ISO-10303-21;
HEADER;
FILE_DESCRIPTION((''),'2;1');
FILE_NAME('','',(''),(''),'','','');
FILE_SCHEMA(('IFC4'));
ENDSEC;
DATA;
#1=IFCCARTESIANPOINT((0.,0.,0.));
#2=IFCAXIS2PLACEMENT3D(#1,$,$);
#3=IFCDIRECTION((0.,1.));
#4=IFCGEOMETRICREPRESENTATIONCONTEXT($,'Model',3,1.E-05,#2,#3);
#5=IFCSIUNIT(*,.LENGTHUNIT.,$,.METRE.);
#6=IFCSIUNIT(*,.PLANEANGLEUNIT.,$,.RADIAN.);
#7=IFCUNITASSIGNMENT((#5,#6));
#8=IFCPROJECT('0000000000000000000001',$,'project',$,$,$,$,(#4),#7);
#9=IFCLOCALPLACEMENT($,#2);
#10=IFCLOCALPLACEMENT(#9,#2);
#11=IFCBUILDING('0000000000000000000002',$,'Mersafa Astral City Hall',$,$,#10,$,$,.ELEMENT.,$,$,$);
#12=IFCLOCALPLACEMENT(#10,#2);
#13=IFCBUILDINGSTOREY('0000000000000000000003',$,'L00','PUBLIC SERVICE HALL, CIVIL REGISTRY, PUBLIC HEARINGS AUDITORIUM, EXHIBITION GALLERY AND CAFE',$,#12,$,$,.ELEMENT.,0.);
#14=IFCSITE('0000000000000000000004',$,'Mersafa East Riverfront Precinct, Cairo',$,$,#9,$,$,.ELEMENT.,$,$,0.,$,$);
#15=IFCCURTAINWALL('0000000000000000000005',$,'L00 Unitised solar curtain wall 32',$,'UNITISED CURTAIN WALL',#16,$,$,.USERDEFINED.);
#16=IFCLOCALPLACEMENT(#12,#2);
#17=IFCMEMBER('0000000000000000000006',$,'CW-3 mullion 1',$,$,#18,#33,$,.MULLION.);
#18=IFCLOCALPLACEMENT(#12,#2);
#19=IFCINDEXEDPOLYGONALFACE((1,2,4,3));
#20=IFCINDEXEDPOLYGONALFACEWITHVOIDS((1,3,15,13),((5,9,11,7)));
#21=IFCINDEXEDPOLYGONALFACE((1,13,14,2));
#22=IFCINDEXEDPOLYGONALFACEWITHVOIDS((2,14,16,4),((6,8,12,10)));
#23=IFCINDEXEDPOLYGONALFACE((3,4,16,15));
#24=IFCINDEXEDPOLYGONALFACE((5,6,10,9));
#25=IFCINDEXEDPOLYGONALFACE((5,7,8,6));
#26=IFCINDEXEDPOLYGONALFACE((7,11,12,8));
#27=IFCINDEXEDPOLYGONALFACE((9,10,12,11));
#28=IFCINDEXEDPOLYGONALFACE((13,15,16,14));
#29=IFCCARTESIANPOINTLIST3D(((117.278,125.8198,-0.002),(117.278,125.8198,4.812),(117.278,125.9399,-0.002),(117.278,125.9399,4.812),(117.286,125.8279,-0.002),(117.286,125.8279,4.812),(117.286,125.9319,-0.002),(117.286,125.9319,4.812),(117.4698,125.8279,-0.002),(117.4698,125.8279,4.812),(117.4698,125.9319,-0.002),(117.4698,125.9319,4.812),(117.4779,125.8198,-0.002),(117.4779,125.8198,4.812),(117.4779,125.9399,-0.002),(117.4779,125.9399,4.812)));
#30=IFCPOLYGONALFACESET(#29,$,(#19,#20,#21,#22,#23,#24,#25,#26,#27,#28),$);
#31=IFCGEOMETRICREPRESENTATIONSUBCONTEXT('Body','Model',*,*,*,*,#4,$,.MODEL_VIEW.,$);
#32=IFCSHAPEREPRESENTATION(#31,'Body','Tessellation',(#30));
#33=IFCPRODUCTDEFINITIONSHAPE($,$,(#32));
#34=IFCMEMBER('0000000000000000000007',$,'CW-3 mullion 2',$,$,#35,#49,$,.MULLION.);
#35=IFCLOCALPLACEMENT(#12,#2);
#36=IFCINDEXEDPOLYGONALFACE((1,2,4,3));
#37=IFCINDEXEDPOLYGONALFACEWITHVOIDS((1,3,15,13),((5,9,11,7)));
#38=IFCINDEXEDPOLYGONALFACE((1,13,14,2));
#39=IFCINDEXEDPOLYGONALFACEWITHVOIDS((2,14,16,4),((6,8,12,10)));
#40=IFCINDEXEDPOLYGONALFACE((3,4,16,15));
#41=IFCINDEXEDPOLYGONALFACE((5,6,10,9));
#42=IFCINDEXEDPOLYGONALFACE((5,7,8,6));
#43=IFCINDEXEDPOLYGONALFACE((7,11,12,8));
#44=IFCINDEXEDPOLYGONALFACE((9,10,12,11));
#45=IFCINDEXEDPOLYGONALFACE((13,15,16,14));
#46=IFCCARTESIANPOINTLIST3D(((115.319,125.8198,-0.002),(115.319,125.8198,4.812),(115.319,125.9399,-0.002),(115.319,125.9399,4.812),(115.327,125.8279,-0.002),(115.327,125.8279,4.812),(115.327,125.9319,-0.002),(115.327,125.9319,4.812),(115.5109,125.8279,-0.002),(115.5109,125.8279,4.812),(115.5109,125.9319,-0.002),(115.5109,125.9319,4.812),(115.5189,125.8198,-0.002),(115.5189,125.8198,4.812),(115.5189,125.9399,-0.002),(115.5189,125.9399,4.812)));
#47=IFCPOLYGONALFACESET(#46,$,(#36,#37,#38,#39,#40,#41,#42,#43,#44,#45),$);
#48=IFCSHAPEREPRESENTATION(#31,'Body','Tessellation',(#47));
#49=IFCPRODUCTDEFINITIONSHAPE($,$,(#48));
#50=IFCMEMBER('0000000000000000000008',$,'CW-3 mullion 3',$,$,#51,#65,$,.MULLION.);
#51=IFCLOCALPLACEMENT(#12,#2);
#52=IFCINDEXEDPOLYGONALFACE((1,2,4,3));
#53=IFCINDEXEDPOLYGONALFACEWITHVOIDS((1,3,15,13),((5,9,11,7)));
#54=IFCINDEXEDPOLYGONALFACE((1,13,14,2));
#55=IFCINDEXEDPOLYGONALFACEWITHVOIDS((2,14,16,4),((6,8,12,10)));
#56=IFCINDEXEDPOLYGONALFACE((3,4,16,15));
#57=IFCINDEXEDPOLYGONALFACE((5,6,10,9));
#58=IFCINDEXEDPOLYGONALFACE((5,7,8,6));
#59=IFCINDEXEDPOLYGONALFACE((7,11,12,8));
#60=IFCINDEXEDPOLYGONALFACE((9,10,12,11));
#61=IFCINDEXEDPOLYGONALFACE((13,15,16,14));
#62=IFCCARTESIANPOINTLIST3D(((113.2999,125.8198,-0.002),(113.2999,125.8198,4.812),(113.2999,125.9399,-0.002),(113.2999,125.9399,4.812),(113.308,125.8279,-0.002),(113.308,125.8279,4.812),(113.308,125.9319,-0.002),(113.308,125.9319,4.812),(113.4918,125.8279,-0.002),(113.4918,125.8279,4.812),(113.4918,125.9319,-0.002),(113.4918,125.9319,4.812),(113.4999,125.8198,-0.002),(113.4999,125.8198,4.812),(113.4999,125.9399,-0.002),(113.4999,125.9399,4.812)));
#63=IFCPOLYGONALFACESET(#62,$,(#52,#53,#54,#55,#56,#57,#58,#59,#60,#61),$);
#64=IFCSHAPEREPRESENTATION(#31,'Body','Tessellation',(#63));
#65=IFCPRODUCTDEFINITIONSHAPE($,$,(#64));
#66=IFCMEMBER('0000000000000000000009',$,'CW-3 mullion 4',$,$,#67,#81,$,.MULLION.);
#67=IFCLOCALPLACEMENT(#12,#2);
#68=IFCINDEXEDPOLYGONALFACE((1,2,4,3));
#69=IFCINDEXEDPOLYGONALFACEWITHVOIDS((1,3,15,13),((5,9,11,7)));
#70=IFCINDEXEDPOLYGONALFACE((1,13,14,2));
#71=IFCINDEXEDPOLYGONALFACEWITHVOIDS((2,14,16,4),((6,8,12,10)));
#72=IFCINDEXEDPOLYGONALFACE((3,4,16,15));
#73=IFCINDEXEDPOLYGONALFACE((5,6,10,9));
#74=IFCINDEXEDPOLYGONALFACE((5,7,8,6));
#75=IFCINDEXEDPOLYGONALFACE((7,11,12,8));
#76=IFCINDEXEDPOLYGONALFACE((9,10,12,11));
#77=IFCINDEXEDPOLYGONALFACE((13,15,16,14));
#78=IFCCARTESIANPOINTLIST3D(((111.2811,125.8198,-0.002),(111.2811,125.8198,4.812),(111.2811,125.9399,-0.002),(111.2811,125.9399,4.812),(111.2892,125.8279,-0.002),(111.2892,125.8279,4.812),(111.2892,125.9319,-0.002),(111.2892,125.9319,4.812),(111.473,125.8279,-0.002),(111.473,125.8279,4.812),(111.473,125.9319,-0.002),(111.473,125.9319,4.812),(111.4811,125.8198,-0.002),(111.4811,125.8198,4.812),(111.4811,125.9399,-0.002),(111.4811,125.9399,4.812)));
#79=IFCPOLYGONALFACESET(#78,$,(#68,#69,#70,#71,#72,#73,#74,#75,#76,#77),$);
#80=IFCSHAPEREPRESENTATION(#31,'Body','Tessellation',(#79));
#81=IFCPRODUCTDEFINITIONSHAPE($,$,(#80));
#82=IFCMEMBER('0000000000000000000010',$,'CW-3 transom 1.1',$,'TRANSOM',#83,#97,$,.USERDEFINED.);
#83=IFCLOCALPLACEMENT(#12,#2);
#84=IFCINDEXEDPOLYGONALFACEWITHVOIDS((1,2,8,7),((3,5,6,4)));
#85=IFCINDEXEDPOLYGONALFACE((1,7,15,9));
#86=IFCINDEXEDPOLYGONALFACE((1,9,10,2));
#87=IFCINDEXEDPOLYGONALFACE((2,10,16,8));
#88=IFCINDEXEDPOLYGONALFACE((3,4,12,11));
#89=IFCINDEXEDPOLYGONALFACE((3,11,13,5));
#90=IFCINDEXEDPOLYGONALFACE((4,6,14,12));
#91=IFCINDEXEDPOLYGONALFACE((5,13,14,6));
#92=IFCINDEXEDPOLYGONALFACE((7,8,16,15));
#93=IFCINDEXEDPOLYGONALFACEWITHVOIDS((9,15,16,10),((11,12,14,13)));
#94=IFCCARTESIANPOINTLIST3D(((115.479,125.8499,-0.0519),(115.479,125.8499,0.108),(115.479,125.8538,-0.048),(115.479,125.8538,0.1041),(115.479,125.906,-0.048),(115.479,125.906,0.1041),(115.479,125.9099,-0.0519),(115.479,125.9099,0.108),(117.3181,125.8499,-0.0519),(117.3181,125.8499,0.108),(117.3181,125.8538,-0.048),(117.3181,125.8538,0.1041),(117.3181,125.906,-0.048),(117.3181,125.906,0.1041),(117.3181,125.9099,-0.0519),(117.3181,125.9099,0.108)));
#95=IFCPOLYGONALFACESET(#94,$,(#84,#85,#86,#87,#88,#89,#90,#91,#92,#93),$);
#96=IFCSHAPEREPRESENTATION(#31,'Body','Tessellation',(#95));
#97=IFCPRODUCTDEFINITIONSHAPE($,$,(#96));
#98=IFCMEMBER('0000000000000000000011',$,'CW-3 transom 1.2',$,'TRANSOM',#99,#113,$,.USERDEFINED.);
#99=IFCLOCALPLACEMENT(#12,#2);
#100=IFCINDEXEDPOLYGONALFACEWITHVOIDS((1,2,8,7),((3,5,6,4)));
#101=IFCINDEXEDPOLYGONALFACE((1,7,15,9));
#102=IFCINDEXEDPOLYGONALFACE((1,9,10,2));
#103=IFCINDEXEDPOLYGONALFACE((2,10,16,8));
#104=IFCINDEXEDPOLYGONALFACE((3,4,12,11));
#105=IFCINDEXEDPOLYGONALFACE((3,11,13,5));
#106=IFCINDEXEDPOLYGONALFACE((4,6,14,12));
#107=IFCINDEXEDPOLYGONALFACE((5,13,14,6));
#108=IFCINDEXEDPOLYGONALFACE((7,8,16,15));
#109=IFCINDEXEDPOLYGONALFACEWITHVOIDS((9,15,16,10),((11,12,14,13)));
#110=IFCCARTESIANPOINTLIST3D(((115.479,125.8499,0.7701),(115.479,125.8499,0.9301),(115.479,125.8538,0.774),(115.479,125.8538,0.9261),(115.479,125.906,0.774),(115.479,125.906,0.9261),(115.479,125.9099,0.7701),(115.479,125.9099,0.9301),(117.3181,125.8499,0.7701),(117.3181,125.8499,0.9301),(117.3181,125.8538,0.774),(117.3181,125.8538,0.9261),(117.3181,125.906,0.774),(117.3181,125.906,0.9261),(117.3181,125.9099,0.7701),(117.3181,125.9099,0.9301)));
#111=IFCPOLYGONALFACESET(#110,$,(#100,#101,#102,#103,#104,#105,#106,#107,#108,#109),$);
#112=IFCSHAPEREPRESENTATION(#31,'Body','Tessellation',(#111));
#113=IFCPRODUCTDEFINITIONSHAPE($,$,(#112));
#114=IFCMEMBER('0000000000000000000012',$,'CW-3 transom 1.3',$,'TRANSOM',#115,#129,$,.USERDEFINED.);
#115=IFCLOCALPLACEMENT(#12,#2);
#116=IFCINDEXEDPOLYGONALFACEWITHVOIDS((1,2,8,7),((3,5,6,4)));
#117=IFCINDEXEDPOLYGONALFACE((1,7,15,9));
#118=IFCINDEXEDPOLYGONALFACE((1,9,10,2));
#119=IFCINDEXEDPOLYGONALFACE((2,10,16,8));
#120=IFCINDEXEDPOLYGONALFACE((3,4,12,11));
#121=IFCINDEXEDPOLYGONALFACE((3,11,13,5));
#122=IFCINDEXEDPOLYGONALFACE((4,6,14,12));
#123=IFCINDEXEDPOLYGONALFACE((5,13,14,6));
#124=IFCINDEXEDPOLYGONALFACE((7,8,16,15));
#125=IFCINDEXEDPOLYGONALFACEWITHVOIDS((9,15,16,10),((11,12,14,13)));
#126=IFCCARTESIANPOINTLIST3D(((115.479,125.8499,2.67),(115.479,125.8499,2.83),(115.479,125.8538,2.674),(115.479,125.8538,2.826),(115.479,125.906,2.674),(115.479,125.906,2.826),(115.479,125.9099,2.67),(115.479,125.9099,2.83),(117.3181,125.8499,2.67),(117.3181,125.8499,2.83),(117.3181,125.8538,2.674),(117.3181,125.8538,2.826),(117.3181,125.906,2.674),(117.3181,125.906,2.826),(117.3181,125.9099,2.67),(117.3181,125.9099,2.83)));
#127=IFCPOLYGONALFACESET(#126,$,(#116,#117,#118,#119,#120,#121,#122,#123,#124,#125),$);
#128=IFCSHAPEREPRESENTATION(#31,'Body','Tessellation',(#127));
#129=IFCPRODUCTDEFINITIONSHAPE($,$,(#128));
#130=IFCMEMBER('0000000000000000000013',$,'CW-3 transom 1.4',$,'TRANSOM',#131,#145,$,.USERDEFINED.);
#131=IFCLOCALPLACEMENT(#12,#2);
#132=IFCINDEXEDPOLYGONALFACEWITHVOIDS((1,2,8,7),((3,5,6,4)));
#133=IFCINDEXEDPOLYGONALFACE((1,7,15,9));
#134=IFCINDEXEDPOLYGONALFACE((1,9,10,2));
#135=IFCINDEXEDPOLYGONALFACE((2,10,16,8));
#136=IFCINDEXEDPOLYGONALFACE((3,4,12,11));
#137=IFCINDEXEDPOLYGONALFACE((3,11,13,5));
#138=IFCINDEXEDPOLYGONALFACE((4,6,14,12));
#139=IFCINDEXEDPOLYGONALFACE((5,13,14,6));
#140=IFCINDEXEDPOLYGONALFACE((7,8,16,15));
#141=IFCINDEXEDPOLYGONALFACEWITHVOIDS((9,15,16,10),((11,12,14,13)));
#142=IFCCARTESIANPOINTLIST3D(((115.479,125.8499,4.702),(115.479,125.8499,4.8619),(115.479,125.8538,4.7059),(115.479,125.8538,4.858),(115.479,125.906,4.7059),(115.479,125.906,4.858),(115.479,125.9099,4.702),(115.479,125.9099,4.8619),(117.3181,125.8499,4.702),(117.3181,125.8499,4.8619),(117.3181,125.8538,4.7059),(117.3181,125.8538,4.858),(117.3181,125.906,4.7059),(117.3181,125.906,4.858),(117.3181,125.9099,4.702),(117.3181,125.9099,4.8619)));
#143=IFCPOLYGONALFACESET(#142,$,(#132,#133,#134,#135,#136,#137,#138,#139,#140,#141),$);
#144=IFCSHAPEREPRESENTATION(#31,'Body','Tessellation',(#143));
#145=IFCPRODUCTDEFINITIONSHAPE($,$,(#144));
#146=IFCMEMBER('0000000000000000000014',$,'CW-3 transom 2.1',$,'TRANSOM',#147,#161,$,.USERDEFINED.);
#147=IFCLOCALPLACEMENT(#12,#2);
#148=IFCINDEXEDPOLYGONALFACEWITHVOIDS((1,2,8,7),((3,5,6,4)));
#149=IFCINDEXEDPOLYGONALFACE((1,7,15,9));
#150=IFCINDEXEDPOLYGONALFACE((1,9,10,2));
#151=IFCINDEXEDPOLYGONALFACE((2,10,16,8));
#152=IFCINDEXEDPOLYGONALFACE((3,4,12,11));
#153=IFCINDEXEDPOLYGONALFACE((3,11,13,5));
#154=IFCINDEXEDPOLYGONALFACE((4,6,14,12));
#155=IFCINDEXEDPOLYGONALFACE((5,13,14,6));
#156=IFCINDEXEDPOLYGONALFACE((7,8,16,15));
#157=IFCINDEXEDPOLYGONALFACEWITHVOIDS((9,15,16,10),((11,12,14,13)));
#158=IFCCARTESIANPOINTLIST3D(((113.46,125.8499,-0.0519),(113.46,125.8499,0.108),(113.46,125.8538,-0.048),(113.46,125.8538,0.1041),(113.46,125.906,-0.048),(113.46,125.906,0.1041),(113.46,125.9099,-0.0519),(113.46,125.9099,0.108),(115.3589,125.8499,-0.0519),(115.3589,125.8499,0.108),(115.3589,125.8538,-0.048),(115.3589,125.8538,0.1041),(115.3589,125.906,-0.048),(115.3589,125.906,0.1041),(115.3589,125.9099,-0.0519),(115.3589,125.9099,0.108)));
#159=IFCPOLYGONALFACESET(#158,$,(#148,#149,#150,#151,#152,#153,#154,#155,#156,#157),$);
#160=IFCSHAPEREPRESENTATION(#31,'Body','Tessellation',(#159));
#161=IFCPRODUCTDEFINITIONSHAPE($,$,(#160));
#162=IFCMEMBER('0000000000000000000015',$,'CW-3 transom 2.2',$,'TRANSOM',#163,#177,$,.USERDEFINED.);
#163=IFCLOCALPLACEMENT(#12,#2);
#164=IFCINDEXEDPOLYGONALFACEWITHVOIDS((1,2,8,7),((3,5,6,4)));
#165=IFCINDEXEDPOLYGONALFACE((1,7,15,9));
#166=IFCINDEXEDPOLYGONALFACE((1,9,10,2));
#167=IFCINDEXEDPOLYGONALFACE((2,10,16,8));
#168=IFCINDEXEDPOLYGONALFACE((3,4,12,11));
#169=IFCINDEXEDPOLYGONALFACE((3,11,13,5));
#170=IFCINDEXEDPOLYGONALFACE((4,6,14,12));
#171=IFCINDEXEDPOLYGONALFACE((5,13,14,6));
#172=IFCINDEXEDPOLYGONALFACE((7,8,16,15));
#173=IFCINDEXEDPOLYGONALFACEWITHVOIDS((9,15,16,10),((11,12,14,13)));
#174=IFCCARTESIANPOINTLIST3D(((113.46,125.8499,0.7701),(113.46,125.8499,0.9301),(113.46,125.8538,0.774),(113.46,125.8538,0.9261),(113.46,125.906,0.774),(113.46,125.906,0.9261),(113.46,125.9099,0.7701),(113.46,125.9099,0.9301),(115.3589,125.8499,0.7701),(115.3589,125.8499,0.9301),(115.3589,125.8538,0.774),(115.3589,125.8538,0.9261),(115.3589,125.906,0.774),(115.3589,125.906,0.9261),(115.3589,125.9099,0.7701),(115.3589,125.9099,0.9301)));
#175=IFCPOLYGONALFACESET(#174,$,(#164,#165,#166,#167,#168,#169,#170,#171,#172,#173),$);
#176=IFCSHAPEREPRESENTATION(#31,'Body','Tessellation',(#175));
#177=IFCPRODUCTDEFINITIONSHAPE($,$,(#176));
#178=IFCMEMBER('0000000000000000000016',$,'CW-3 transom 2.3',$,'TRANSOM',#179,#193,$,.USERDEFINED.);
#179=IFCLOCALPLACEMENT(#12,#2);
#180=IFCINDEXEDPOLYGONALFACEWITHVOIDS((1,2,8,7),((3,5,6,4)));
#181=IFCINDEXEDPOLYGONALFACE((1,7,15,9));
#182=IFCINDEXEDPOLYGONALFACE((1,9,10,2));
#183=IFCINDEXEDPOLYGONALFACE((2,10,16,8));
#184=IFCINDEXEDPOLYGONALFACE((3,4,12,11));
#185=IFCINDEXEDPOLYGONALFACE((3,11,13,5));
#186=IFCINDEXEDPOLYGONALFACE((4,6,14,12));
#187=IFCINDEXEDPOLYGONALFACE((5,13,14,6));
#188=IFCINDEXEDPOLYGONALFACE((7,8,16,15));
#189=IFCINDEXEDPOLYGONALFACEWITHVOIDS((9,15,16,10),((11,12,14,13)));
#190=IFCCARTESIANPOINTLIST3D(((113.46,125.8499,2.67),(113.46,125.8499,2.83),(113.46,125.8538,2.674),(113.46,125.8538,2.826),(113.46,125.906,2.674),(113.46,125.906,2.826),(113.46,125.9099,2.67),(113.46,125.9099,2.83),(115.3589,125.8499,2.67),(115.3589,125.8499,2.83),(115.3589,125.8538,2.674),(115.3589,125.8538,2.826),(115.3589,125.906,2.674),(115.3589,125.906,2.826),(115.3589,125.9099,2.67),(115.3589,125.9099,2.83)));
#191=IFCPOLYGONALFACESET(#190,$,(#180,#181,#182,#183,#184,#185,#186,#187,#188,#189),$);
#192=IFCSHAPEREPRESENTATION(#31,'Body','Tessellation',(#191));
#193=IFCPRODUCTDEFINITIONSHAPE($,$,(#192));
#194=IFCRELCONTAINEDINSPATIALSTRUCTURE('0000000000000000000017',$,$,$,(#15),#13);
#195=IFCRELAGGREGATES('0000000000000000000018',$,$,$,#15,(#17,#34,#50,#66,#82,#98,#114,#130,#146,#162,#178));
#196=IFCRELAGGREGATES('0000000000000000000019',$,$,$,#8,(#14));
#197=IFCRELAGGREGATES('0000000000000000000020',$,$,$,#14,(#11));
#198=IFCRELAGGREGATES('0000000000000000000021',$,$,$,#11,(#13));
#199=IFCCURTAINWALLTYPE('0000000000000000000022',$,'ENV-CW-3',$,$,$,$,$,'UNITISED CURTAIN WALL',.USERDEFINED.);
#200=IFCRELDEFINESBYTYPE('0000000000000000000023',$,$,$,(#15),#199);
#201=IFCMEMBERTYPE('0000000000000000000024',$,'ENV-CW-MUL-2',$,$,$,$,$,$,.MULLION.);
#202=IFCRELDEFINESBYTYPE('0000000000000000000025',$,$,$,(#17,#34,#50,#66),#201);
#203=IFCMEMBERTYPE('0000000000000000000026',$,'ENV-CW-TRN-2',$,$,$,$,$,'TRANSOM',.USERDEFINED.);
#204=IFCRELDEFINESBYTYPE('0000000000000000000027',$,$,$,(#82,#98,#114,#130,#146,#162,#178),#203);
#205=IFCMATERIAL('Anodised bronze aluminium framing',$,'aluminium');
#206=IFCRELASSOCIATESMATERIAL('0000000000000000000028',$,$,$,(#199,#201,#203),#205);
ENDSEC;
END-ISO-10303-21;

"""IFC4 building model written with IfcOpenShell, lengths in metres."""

from ifc_helpers import new_model, si_unit, direction, frame, origin, origin_2d, place, context, subcontext, project, spatial, hollow_rectangle, extrude, material, material_profile, profile_set, type_object, element, aggregate, save


model = new_model("IFC4")

# Units and contexts
model_context = context("Model", 3, precision=1e-05, world=origin(), true_north=direction((0.0, 1.0)))
body_context = subcontext(model_context, "Body", "Model", "MODEL_VIEW")
ifc_project = project(units=[si_unit("LENGTHUNIT", "METRE"), si_unit("PLANEANGLEUNIT", "RADIAN")], contexts=[model_context])

# Site, building, storey
site_placement = place(None, origin())
site = spatial("IfcSite", under=ifc_project, at=site_placement, Name="Mersafa East Riverfront Precinct, Cairo", CompositionType="ELEMENT", RefElevation=0.0)
building_placement = place(site_placement, origin())
building = spatial("IfcBuilding", under=site, at=building_placement, Name="Mersafa Astral City Hall", CompositionType="ELEMENT")
storey_placement = place(building_placement, origin())
storey = spatial("IfcBuildingStorey", under=building, at=storey_placement, Name="L00", Description="PUBLIC SERVICE HALL, CIVIL REGISTRY, PUBLIC HEARINGS AUDITORIUM, EXHIBITION GALLERY AND CAFE", CompositionType="ELEMENT", Elevation=0.0)

# Curtain wall, members
ifc_material_1 = material(Name="Anodised bronze aluminium framing", Category="aluminium")
curtain_wall_type = type_object("IfcCurtainWallType", Name="ENV-CW-3", ElementType="UNITISED CURTAIN WALL", PredefinedType="USERDEFINED", material=ifc_material_1)
curtain_wall_placement = place(storey_placement, origin())
curtain_wall = element("IfcCurtainWall", 1, at=curtain_wall_placement, inside=storey, type_object=curtain_wall_type, Name="L00 Unitised solar curtain wall 32", ObjectType="UNITISED CURTAIN WALL", PredefinedType="USERDEFINED")
ifc_material_profile_1 = material_profile(ifc_material_1, hollow_rectangle(XDim=0.1201, YDim=0.2, WallThickness=0.0081, at=origin_2d()), Name="RHS 120x200x8")
ifc_profile_set_1 = profile_set([ifc_material_profile_1], Name="Anodised bronze aluminium framing")
member_type_1 = type_object("IfcMemberType", Name="ENV-CW-MUL-2", PredefinedType="MULLION", material=ifc_profile_set_1)
member_1_placement = place(storey_placement, frame((117.3779, 125.8799, -0.002), z_axis=(0.0, 0.0, 1.0), x_axis=(0.0, -1.0, 0.0)))
member_1 = element("IfcMember", 2, at=member_1_placement, type_object=member_type_1, Name="CW-3 mullion 1", PredefinedType="MULLION", context=body_context, shape_type="SweptSolid", body=[
    extrude(hollow_rectangle(XDim=0.1201, YDim=0.2, WallThickness=0.0081, at=origin_2d()), origin(), (0.0, 0.0, 1.0), 4.814),
])
member_2_placement = place(storey_placement, frame((115.4189, 125.8799, -0.002), z_axis=(0.0, 0.0, 1.0), x_axis=(0.0, -1.0, 0.0)))
member_2 = element("IfcMember", 3, at=member_2_placement, type_object=member_type_1, Name="CW-3 mullion 2", PredefinedType="MULLION", context=body_context, shape_type="SweptSolid", body=[
    extrude(hollow_rectangle(XDim=0.1201, YDim=0.2, WallThickness=0.0081, at=origin_2d()), origin(), (0.0, 0.0, 1.0), 4.814),
])
member_3_placement = place(storey_placement, frame((113.3999, 125.8799, -0.002), z_axis=(0.0, 0.0, 1.0), x_axis=(0.0, -1.0, 0.0)))
member_3 = element("IfcMember", 4, at=member_3_placement, type_object=member_type_1, Name="CW-3 mullion 3", PredefinedType="MULLION", context=body_context, shape_type="SweptSolid", body=[
    extrude(hollow_rectangle(XDim=0.1201, YDim=0.2, WallThickness=0.0081, at=origin_2d()), origin(), (0.0, 0.0, 1.0), 4.814),
])
member_4_placement = place(storey_placement, frame((111.3811, 125.8799, -0.002), z_axis=(0.0, 0.0, 1.0), x_axis=(0.0, -1.0, 0.0)))
member_4 = element("IfcMember", 5, at=member_4_placement, type_object=member_type_1, Name="CW-3 mullion 4", PredefinedType="MULLION", context=body_context, shape_type="SweptSolid", body=[
    extrude(hollow_rectangle(XDim=0.1201, YDim=0.2, WallThickness=0.0081, at=origin_2d()), origin(), (0.0, 0.0, 1.0), 4.814),
])
ifc_material_profile_2 = material_profile(ifc_material_1, hollow_rectangle(XDim=0.0601, YDim=0.1599, WallThickness=0.0039, at=origin_2d()), Name="RHS 60x160x4")
ifc_profile_set_2 = profile_set([ifc_material_profile_2], Name="Anodised bronze aluminium framing")
member_type_2 = type_object("IfcMemberType", Name="ENV-CW-TRN-2", ElementType="TRANSOM", PredefinedType="USERDEFINED", material=ifc_profile_set_2)
member_5_placement = place(storey_placement, frame((117.3181, 125.8799, 0.0281), z_axis=(-1.0, 0.0, 0.0), x_axis=(0.0, -1.0, 0.0)))
member_5 = element("IfcMember", 6, at=member_5_placement, type_object=member_type_2, Name="CW-3 transom 1.1", ObjectType="TRANSOM", PredefinedType="USERDEFINED", context=body_context, shape_type="SweptSolid", body=[
    extrude(hollow_rectangle(XDim=0.0601, YDim=0.1599, WallThickness=0.0039, at=origin_2d()), origin(), (0.0, 0.0, 1.0), 1.8391),
])
member_6_placement = place(storey_placement, frame((117.3181, 125.8799, 0.8501), z_axis=(-1.0, 0.0, 0.0), x_axis=(0.0, -1.0, 0.0)))
member_6 = element("IfcMember", 7, at=member_6_placement, type_object=member_type_2, Name="CW-3 transom 1.2", ObjectType="TRANSOM", PredefinedType="USERDEFINED", context=body_context, shape_type="SweptSolid", body=[
    extrude(hollow_rectangle(XDim=0.0601, YDim=0.1599, WallThickness=0.0039, at=origin_2d()), origin(), (0.0, 0.0, 1.0), 1.8391),
])
member_7_placement = place(storey_placement, frame((117.3181, 125.8799, 2.75), z_axis=(-1.0, 0.0, 0.0), x_axis=(0.0, -1.0, 0.0)))
member_7 = element("IfcMember", 8, at=member_7_placement, type_object=member_type_2, Name="CW-3 transom 1.3", ObjectType="TRANSOM", PredefinedType="USERDEFINED", context=body_context, shape_type="SweptSolid", body=[
    extrude(hollow_rectangle(XDim=0.0601, YDim=0.1599, WallThickness=0.0039, at=origin_2d()), origin(), (0.0, 0.0, 1.0), 1.8391),
])
member_8_placement = place(storey_placement, frame((117.3181, 125.8799, 4.782), z_axis=(-1.0, 0.0, 0.0), x_axis=(0.0, -1.0, 0.0)))
member_8 = element("IfcMember", 9, at=member_8_placement, type_object=member_type_2, Name="CW-3 transom 1.4", ObjectType="TRANSOM", PredefinedType="USERDEFINED", context=body_context, shape_type="SweptSolid", body=[
    extrude(hollow_rectangle(XDim=0.0601, YDim=0.1599, WallThickness=0.0039, at=origin_2d()), origin(), (0.0, 0.0, 1.0), 1.8391),
])
member_9_placement = place(storey_placement, frame((115.3589, 125.8799, 0.0281), z_axis=(-1.0, 0.0, 0.0), x_axis=(0.0, -1.0, 0.0)))
member_9 = element("IfcMember", 10, at=member_9_placement, type_object=member_type_2, Name="CW-3 transom 2.1", ObjectType="TRANSOM", PredefinedType="USERDEFINED", context=body_context, shape_type="SweptSolid", body=[
    extrude(hollow_rectangle(XDim=0.0601, YDim=0.1599, WallThickness=0.0039, at=origin_2d()), origin(), (0.0, 0.0, 1.0), 1.8989),
])
member_10_placement = place(storey_placement, frame((115.3589, 125.8799, 0.8501), z_axis=(-1.0, 0.0, 0.0), x_axis=(0.0, -1.0, 0.0)))
member_10 = element("IfcMember", 11, at=member_10_placement, type_object=member_type_2, Name="CW-3 transom 2.2", ObjectType="TRANSOM", PredefinedType="USERDEFINED", context=body_context, shape_type="SweptSolid", body=[
    extrude(hollow_rectangle(XDim=0.0601, YDim=0.1599, WallThickness=0.0039, at=origin_2d()), origin(), (0.0, 0.0, 1.0), 1.8989),
])
member_11_placement = place(storey_placement, frame((115.3589, 125.8799, 2.75), z_axis=(-1.0, 0.0, 0.0), x_axis=(0.0, -1.0, 0.0)))
member_11 = element("IfcMember", 12, at=member_11_placement, type_object=member_type_2, Name="CW-3 transom 2.3", ObjectType="TRANSOM", PredefinedType="USERDEFINED", context=body_context, shape_type="SweptSolid", body=[
    extrude(hollow_rectangle(XDim=0.0601, YDim=0.1599, WallThickness=0.0039, at=origin_2d()), origin(), (0.0, 0.0, 1.0), 1.8989),
])
aggregate(curtain_wall, [member_1, member_2, member_3, member_4, member_5, member_6, member_7, member_8, member_9, member_10, member_11])

save(model, "model.ifc")
